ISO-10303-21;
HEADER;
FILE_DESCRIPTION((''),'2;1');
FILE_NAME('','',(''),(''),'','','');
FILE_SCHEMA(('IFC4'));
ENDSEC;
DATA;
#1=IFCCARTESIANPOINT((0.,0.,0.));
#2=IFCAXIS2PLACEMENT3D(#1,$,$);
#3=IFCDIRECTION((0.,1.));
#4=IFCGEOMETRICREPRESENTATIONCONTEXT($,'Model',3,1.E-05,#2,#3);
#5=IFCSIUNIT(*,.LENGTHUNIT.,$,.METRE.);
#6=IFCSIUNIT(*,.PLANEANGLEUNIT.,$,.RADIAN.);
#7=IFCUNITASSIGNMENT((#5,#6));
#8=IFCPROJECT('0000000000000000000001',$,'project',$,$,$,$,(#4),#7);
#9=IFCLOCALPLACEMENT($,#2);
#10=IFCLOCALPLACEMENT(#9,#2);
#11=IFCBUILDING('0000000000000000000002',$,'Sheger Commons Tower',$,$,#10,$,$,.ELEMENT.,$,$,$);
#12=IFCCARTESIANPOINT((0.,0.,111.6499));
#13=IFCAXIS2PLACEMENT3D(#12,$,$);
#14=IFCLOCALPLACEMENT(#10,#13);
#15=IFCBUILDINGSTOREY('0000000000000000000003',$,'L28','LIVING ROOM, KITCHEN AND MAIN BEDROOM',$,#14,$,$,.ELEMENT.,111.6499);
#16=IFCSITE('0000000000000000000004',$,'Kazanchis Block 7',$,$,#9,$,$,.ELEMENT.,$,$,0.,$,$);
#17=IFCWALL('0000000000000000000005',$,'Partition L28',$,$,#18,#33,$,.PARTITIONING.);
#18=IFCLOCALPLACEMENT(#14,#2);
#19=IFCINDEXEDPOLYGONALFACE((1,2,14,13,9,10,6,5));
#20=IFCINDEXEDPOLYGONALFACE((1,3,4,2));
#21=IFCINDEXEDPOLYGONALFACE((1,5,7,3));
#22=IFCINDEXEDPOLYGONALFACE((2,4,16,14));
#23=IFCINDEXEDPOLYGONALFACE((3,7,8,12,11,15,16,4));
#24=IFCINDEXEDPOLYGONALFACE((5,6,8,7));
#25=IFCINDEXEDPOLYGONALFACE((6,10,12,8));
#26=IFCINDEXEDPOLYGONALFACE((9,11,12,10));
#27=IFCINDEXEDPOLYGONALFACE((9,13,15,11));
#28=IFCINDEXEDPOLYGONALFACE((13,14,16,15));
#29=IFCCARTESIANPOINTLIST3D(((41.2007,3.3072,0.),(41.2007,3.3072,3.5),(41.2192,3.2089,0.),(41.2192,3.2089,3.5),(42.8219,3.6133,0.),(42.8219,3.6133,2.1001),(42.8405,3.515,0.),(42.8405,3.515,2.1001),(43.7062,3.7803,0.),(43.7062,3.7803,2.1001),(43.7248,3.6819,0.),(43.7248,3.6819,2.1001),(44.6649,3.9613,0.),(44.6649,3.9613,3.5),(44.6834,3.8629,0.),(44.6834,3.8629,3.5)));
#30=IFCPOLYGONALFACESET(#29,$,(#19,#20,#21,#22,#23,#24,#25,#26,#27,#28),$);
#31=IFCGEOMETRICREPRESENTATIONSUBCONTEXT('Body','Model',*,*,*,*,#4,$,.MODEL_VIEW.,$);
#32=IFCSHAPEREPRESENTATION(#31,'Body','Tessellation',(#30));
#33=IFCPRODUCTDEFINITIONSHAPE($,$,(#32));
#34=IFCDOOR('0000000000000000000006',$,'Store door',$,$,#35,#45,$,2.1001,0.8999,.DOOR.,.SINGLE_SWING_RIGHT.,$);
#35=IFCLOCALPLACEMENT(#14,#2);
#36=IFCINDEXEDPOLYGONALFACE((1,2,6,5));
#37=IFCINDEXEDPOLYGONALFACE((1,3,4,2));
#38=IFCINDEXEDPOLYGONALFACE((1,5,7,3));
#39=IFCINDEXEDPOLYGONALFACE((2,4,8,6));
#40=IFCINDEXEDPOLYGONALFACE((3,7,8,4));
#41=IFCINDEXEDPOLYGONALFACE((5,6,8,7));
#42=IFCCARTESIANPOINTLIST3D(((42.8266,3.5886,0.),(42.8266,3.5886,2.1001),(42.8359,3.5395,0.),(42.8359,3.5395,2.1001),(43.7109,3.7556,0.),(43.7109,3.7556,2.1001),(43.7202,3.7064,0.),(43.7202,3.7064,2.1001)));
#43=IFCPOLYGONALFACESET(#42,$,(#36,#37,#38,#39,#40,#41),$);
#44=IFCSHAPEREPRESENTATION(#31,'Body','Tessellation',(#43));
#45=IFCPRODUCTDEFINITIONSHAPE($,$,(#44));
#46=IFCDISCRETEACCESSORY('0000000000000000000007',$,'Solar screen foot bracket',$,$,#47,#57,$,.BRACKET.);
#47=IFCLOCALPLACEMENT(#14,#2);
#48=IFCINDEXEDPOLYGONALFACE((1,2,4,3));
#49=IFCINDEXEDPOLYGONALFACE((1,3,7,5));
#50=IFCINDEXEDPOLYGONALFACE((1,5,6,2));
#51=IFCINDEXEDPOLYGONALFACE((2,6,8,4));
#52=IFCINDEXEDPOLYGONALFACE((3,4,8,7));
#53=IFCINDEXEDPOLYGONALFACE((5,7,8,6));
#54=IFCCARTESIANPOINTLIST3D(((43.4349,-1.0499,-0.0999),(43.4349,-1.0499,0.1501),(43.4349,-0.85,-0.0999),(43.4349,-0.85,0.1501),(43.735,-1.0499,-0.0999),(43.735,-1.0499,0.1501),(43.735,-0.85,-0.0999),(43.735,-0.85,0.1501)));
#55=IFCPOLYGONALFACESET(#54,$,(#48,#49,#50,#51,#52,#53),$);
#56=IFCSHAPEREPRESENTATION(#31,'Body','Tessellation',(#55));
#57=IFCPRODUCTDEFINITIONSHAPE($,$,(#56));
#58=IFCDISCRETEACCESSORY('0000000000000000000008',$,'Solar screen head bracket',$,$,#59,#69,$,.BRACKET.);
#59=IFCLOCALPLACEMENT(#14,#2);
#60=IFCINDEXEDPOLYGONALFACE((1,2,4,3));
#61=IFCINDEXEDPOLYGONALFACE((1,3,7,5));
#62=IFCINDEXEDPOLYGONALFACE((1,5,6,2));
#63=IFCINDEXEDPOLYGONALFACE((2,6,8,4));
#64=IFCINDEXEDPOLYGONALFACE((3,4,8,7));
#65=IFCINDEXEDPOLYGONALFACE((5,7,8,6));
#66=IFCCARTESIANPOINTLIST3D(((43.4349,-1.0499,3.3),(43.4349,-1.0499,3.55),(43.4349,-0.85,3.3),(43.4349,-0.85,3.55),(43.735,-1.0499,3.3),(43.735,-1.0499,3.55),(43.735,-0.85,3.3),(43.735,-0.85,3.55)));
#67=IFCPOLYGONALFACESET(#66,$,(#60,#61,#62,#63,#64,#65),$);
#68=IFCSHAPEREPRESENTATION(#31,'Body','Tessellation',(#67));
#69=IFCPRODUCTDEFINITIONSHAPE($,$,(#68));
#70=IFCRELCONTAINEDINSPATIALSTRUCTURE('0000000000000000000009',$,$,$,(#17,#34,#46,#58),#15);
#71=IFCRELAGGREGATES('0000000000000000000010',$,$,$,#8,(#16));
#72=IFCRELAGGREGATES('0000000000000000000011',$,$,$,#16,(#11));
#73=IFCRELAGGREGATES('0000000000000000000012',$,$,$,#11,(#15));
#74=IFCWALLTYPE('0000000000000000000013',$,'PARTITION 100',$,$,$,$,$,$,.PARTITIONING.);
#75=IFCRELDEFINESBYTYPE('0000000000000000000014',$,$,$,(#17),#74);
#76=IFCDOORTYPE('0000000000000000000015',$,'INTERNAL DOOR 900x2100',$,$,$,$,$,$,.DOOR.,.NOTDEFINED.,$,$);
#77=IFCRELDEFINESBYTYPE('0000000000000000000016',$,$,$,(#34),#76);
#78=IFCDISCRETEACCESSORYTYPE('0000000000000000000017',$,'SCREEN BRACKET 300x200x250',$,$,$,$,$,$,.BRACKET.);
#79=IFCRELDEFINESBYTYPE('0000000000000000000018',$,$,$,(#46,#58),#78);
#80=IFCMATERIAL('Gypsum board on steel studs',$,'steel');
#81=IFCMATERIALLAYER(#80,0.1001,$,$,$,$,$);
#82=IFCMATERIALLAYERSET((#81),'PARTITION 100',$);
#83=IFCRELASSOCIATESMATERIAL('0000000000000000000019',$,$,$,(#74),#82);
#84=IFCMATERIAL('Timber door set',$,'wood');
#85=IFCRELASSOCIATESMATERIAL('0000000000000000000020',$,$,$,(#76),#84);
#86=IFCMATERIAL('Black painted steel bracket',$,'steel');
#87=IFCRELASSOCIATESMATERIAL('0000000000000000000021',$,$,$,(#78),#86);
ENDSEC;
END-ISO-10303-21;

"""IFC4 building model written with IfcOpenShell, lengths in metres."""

from ifc_helpers import new_model, si_unit, direction, frame, frame_2d, origin, origin_2d, place, context, subcontext, project, spatial, rectangle, extrude, material, layer, layer_set, type_object, element, fill, save


model = new_model("IFC4")

# Units and contexts
model_context = context("Model", 3, precision=1e-05, world=origin(), true_north=direction((0.0, 1.0)))
body_context = subcontext(model_context, "Body", "Model", "MODEL_VIEW")
ifc_project = project(units=[si_unit("LENGTHUNIT", "METRE"), si_unit("PLANEANGLEUNIT", "RADIAN")], contexts=[model_context])

# Site, building, storey
site_placement = place(None, origin())
site = spatial("IfcSite", under=ifc_project, at=site_placement, Name="Kazanchis Block 7", CompositionType="ELEMENT", RefElevation=0.0)
building_placement = place(site_placement, origin())
building = spatial("IfcBuilding", under=site, at=building_placement, Name="Sheger Commons Tower", CompositionType="ELEMENT")
storey_placement = place(building_placement, frame((0.0, 0.0, 111.6499)))
storey = spatial("IfcBuildingStorey", under=building, at=storey_placement, Name="L28", Description="LIVING ROOM, KITCHEN AND MAIN BEDROOM", CompositionType="ELEMENT", Elevation=111.6499)

# Shared definitions
ifc_material_1 = material(Name="Gypsum board on steel studs", Category="steel")
ifc_layer_1 = layer(ifc_material_1, 0.1001)
ifc_layer_set_1 = layer_set([ifc_layer_1], Name="PARTITION 100")
wall_type = type_object("IfcWallType", Name="PARTITION 100", PredefinedType="PARTITIONING", material=ifc_layer_set_1)
ifc_material_2 = material(Name="Timber door set", Category="wood")
door_type = type_object("IfcDoorType", Name="INTERNAL DOOR 900x2100", OperationType="NOTDEFINED", PredefinedType="DOOR", material=ifc_material_2)

# Wall, opening, door
wall_1_placement = place(storey_placement, frame((41.21, 3.2581, 0.0), z_axis=(0.0, 0.0, 1.0), x_axis=(0.982639, 0.18553, 0.0)))
wall_1 = element("IfcWall", 1, at=wall_1_placement, inside=storey, type_object=wall_type, Name="Partition L28", PredefinedType="PARTITIONING", context=body_context, shape_type="SweptSolid", body=[
    extrude(rectangle(XDim=3.5254, YDim=0.1001, at=frame_2d((1.7627, 0.0))), origin(), (0.0, 0.0, 1.0), 3.5),
])
opening_1_placement = place(wall_1_placement, frame((1.6499, 0.0, 0.0)))
opening_1 = element("IfcOpeningElement", 2, at=opening_1_placement, cuts=wall_1, PredefinedType="OPENING", context=body_context, shape_type="SweptSolid", body=[
    extrude(rectangle(XDim=0.8999, YDim=2.1001, at=frame_2d((0.45, 1.05))), frame((0.0, 0.0601, 0.0), z_axis=(0.0, -1.0, 0.0), x_axis=(1.0, 0.0, 0.0)), (0.0, 0.0, 1.0), 0.1201),
])
door_1_placement = place(opening_1_placement, origin())
door_1 = element("IfcDoor", 3, at=door_1_placement, inside=storey, type_object=door_type, Name="Store door", OperationType="SINGLE_SWING_RIGHT", OverallHeight=2.1001, OverallWidth=0.8999, PredefinedType="DOOR", context=body_context, shape_type="SweptSolid", body=[
    extrude(rectangle(XDim=0.8999, YDim=2.1001, at=frame_2d((0.45, 1.05))), frame((0.0, 0.0249, 0.0), z_axis=(0.0, -1.0, 0.0), x_axis=(1.0, 0.0, 0.0)), (0.0, 0.0, 1.0), 0.05),
])
fill(opening_1, door_1)

# Discrete accessories
ifc_material_3 = material(Name="Black painted steel bracket", Category="steel")
discrete_accessory_type = type_object("IfcDiscreteAccessoryType", Name="SCREEN BRACKET 300x200x250", PredefinedType="BRACKET", material=ifc_material_3)
for number, where, z_axis, x_axis, name in (
    (4, (43.585, -0.95, -0.0999), (0.0, 0.0, 1.0), (1.0, 0.0, 0.0), "Solar screen foot bracket"),
    (5, (43.585, -0.95, 3.3), (0.0, 0.0, 1.0), (1.0, 0.0, 0.0), "Solar screen head bracket"),
):
    element("IfcDiscreteAccessory", number, at=place(storey_placement, frame(where, z_axis=z_axis, x_axis=x_axis)), inside=storey, type_object=discrete_accessory_type, Name=name, PredefinedType="BRACKET", context=body_context, shape_type="SweptSolid", body=[
        extrude(rectangle(XDim=0.3, YDim=0.2, at=origin_2d()), origin(), (0.0, 0.0, 1.0), 0.25),
    ])

save(model, "model.ifc")
